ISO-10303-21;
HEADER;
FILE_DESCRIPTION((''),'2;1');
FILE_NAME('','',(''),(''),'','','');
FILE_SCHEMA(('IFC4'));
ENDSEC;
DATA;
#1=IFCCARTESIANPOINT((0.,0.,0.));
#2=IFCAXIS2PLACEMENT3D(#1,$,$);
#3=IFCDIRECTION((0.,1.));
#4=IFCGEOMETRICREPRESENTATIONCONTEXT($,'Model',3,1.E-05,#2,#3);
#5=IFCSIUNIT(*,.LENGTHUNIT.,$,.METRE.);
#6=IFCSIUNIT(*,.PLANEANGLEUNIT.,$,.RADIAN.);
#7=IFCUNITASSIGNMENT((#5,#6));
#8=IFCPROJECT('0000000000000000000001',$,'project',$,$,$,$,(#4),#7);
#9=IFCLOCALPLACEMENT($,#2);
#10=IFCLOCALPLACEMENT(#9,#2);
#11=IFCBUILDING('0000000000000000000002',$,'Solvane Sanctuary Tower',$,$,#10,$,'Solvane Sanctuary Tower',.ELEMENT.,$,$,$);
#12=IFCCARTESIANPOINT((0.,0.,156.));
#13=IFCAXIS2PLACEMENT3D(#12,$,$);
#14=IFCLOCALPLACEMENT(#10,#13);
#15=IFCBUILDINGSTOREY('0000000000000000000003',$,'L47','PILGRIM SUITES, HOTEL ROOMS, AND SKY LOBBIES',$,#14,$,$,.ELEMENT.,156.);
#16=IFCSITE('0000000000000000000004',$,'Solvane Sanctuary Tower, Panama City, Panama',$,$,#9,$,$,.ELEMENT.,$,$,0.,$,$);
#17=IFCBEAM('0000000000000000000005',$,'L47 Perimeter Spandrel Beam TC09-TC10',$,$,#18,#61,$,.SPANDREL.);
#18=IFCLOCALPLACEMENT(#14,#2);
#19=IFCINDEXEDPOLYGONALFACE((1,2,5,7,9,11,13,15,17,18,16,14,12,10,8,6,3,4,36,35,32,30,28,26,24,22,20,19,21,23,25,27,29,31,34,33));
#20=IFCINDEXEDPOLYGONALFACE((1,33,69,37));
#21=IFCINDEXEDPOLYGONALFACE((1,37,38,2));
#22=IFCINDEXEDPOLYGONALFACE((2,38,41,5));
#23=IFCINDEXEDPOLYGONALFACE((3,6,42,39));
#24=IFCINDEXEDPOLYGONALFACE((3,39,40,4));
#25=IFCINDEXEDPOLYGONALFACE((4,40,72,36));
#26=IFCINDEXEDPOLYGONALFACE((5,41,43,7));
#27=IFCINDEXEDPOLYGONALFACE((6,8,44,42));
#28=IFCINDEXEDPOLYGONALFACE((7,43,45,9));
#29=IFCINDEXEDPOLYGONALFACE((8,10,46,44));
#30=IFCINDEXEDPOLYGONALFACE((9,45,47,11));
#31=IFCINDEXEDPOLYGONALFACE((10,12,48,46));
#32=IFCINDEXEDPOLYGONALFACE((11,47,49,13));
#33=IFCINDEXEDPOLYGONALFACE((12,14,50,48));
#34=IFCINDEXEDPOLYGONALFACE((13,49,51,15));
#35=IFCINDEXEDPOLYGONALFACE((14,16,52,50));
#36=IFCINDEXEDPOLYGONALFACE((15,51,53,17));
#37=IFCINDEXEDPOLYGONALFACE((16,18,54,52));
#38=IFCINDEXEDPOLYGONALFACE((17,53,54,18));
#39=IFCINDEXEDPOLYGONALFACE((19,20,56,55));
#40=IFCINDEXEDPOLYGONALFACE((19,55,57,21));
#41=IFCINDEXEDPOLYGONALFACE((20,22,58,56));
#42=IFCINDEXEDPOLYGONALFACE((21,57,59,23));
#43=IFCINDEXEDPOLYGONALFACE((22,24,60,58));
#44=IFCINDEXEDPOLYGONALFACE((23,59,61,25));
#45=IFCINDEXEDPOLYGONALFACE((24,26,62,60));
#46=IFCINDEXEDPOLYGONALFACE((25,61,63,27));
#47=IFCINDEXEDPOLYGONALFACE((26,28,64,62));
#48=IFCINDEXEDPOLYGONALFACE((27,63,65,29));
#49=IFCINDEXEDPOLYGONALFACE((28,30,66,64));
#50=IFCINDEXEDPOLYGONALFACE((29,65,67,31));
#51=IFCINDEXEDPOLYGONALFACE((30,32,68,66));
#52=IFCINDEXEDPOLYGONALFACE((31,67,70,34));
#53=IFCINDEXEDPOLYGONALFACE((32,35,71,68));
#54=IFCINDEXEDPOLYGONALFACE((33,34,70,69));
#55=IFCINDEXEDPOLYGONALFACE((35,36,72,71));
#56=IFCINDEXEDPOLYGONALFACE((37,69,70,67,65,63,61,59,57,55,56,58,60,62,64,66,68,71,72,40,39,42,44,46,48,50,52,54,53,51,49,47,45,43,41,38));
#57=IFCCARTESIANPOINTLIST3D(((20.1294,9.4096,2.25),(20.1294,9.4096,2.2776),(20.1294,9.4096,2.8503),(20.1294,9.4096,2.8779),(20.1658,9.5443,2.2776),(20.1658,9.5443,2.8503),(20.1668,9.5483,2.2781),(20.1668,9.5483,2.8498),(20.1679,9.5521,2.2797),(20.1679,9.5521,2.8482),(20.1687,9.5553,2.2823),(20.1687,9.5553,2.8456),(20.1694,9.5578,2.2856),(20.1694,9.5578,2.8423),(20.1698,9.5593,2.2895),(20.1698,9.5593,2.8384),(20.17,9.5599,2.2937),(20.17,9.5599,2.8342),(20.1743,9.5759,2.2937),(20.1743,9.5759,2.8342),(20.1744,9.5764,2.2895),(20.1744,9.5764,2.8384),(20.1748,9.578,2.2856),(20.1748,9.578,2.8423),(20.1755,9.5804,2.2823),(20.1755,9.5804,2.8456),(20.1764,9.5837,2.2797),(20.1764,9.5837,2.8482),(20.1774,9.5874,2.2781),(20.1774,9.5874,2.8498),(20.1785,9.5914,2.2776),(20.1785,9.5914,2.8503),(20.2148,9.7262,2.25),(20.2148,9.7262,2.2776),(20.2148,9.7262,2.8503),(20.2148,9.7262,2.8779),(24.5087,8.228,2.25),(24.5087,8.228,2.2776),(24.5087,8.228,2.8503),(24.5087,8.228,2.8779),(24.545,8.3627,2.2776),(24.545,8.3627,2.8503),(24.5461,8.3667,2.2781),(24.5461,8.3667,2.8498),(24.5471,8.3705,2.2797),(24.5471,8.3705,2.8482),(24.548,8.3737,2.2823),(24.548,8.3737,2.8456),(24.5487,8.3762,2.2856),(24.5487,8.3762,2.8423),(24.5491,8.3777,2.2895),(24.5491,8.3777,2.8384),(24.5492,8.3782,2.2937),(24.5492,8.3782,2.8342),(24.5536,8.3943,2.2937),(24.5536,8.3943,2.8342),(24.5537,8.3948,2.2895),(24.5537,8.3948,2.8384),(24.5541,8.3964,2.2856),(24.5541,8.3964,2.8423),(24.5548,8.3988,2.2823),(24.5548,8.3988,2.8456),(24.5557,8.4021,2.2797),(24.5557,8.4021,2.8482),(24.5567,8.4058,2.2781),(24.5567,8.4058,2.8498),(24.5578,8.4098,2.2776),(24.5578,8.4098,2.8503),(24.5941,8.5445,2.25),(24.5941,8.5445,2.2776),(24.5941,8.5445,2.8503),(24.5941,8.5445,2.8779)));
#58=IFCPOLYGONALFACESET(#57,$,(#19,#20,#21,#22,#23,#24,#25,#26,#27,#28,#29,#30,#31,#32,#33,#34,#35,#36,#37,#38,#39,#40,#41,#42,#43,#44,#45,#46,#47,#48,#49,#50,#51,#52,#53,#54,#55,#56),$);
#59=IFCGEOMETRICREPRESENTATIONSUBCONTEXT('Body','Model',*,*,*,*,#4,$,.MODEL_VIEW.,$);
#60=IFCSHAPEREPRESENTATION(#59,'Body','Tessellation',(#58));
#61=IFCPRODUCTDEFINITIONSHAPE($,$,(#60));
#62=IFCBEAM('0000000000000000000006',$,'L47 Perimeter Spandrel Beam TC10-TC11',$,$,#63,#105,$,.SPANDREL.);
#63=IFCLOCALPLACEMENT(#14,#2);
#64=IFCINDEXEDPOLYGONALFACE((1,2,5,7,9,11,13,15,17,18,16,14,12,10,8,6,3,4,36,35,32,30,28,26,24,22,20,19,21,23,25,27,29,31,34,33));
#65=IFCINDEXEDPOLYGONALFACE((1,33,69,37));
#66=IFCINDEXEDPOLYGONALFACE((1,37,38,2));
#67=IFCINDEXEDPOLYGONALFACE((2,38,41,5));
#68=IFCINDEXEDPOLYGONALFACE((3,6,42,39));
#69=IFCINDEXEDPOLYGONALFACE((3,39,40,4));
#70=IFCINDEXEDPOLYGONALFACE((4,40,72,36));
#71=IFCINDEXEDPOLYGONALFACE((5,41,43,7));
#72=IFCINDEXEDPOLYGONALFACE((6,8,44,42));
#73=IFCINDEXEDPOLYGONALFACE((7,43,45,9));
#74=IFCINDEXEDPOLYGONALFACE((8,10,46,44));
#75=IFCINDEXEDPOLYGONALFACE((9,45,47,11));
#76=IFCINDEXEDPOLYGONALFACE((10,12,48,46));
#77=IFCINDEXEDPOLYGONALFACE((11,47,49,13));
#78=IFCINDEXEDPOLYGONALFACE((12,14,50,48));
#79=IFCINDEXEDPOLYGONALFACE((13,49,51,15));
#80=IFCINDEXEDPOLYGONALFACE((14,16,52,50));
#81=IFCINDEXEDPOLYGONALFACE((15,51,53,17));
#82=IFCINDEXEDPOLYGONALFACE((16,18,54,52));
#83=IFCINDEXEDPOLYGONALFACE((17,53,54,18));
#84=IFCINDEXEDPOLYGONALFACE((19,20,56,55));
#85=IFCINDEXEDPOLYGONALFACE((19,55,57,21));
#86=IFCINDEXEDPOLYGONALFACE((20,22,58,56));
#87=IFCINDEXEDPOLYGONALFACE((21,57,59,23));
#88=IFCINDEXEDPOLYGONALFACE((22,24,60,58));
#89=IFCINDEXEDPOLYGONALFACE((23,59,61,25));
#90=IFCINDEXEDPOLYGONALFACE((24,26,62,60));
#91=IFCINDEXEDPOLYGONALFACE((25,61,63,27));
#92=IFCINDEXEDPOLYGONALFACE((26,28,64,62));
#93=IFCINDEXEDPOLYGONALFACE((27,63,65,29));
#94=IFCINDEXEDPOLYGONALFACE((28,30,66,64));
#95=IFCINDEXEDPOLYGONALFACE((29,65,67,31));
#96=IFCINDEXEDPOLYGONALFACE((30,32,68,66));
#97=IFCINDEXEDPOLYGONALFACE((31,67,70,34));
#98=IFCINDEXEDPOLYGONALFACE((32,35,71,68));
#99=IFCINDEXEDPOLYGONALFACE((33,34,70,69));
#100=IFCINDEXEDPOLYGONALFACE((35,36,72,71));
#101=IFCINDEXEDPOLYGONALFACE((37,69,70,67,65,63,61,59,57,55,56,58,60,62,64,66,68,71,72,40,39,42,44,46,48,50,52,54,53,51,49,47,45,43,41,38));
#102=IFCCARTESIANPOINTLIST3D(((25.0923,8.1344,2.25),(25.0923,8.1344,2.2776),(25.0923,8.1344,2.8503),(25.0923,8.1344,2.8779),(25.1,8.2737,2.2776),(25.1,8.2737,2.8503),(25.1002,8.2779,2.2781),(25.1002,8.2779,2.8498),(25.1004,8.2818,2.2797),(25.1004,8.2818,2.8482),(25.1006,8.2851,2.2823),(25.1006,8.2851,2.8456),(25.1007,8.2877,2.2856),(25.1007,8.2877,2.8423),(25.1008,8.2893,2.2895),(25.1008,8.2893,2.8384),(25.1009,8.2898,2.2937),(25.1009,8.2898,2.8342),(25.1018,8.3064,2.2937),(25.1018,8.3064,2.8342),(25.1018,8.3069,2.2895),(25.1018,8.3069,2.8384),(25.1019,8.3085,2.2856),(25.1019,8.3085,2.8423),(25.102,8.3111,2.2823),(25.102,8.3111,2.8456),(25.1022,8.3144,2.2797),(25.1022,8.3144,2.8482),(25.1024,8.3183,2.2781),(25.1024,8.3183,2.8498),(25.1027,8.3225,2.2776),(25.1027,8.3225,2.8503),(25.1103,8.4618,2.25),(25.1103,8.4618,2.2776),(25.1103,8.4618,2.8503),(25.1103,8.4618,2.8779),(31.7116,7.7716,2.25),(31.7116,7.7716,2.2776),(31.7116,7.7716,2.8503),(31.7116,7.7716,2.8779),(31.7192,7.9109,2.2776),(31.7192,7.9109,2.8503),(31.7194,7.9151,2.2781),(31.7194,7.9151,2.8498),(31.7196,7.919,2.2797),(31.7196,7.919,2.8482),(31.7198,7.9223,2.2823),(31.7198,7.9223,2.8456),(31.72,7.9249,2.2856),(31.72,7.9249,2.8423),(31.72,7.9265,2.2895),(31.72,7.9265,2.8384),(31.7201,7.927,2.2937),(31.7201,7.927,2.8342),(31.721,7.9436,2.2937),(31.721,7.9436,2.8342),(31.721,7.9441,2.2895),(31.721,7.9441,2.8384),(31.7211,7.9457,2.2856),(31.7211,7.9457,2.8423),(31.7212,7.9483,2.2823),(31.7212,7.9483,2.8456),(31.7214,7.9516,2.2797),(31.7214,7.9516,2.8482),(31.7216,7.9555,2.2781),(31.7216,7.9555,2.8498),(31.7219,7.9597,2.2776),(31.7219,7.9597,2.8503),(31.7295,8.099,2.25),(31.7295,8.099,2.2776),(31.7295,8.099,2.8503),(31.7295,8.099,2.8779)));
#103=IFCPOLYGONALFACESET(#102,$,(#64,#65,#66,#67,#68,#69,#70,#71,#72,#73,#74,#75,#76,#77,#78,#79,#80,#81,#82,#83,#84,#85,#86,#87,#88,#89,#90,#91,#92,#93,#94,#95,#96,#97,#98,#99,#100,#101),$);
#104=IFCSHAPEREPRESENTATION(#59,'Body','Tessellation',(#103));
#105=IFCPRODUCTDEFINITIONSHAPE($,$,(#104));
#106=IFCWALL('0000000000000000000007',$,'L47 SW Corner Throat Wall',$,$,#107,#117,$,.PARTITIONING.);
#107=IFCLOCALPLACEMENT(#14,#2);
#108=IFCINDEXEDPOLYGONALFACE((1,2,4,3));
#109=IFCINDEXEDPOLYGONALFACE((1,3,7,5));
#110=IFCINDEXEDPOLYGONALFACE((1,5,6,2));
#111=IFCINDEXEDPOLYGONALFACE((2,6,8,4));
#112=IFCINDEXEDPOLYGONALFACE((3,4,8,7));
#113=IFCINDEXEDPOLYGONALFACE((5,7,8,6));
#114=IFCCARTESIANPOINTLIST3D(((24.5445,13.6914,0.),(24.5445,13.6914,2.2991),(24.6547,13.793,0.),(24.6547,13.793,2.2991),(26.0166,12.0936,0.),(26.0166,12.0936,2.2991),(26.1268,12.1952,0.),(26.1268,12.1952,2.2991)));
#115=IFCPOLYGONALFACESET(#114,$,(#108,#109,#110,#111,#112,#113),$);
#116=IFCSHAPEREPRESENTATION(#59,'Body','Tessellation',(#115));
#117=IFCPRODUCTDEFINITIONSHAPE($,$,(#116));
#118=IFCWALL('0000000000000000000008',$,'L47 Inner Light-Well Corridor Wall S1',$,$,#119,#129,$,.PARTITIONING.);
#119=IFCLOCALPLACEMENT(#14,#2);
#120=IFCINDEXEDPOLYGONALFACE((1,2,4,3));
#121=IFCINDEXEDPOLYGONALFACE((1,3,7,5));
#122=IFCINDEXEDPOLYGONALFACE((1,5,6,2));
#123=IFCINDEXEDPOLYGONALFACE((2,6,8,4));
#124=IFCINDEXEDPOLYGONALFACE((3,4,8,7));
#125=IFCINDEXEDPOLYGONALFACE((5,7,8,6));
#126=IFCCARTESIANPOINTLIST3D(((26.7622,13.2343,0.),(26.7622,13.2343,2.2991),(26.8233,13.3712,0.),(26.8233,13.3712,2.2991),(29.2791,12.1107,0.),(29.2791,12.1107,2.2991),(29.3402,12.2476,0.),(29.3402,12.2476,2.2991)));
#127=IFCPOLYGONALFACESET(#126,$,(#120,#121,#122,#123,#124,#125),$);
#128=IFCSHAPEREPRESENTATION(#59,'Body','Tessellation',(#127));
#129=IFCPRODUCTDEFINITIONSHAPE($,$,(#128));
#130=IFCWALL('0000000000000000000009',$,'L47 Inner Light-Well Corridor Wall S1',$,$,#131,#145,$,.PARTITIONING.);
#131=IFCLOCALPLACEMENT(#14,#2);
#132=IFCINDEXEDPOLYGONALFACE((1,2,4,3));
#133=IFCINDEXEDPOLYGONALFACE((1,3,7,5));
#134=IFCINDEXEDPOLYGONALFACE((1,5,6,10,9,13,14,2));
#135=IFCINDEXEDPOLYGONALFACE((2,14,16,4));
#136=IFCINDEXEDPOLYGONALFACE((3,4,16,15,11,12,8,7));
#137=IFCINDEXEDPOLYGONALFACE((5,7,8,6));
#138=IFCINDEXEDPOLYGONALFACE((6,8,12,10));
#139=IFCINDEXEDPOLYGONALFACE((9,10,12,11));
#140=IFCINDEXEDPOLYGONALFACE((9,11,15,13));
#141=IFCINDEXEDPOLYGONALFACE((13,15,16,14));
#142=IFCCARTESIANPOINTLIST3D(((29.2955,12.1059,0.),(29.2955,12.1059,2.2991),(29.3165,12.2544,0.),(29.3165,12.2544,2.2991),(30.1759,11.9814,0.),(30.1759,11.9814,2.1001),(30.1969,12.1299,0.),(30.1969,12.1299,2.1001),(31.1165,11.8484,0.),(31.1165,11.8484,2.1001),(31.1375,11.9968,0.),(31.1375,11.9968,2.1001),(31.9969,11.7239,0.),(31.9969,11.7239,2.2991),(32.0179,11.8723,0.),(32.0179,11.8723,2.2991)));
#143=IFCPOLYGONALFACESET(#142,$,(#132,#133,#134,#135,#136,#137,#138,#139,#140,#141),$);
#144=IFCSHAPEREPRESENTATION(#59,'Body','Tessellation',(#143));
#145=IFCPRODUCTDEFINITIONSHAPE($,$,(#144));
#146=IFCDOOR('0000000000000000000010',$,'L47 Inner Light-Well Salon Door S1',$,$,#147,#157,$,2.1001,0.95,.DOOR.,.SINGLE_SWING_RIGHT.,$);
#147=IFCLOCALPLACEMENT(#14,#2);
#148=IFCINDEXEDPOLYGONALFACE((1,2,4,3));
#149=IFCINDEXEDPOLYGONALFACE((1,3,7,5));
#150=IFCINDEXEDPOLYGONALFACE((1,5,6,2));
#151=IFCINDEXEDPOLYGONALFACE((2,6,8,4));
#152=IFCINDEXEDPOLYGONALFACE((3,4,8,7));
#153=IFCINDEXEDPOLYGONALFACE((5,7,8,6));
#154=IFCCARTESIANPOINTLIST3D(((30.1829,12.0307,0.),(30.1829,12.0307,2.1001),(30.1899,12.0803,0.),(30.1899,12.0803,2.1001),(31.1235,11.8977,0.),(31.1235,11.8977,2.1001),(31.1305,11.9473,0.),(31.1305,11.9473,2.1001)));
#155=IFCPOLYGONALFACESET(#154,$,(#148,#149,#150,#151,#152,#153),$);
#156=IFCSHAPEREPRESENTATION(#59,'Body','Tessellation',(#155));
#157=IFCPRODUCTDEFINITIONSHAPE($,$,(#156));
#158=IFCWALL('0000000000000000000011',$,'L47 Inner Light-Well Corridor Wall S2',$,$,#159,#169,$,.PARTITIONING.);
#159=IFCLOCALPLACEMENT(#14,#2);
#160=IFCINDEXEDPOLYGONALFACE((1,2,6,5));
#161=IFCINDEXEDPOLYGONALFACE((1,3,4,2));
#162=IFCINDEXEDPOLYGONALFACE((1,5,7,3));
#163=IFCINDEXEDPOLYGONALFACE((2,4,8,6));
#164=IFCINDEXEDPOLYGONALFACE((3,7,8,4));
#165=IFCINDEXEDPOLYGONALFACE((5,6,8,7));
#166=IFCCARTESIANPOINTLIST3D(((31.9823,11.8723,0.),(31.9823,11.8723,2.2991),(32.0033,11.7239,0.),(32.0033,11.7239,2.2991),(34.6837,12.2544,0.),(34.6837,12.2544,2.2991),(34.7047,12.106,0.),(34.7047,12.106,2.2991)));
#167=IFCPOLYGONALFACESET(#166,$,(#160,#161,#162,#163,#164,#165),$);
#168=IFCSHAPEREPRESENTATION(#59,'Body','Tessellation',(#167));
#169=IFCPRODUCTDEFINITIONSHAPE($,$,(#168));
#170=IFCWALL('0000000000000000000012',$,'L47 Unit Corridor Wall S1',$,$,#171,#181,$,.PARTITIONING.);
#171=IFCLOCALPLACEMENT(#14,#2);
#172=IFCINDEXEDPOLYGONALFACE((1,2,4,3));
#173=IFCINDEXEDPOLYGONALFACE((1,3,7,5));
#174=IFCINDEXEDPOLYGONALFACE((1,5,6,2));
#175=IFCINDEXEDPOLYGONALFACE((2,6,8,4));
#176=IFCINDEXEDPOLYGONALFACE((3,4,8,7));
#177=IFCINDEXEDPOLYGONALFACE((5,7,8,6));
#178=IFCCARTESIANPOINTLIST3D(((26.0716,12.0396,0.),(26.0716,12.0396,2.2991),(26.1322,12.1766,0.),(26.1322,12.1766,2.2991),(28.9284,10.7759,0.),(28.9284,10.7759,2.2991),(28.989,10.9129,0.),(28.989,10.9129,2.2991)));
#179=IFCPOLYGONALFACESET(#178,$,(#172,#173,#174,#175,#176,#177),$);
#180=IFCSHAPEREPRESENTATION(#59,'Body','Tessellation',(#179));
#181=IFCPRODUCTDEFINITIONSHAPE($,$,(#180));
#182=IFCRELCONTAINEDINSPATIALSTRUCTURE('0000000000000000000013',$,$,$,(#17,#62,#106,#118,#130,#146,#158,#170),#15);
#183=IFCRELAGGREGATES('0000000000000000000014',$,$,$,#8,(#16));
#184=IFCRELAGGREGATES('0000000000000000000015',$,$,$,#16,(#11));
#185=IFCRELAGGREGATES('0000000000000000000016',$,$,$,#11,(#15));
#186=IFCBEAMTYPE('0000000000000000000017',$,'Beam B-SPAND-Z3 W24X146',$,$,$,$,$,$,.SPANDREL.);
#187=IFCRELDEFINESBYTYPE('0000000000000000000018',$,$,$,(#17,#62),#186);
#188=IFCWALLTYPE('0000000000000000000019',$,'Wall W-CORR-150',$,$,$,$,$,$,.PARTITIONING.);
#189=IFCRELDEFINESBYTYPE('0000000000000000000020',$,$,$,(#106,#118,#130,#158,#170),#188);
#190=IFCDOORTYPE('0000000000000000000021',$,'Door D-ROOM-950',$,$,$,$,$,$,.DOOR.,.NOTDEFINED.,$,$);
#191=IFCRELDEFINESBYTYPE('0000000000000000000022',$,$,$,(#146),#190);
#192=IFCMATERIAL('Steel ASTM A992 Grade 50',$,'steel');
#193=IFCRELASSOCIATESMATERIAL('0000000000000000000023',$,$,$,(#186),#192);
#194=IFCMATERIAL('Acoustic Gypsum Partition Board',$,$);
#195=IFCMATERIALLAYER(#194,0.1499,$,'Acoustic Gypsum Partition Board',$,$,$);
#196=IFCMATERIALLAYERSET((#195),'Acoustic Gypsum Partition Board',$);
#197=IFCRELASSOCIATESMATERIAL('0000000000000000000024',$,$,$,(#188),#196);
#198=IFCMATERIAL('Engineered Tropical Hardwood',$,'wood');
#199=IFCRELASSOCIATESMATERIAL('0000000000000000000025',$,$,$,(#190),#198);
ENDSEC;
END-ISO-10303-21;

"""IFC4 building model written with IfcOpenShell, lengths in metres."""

from ifc_helpers import new_model, si_unit, direction, frame, frame_2d, origin, origin_2d, place, context, subcontext, project, spatial, rectangle, i_section, extrude, material, layer, layer_set, material_profile, profile_set, type_object, element, fill, save


model = new_model("IFC4")

# Units and contexts
model_context = context("Model", 3, precision=1e-05, world=origin(), true_north=direction((0.0, 1.0)))
body_context = subcontext(model_context, "Body", "Model", "MODEL_VIEW")
ifc_project = project(units=[si_unit("LENGTHUNIT", "METRE"), si_unit("PLANEANGLEUNIT", "RADIAN")], contexts=[model_context])

# Site, building, storey
site_placement = place(None, origin())
site = spatial("IfcSite", under=ifc_project, at=site_placement, Name="Solvane Sanctuary Tower, Panama City, Panama", CompositionType="ELEMENT", RefElevation=0.0)
building_placement = place(site_placement, origin())
building = spatial("IfcBuilding", under=site, at=building_placement, Name="Solvane Sanctuary Tower", LongName="Solvane Sanctuary Tower", CompositionType="ELEMENT")
storey_placement = place(building_placement, frame((0.0, 0.0, 156.0)))
storey = spatial("IfcBuildingStorey", under=building, at=storey_placement, Name="L47", Description="PILGRIM SUITES, HOTEL ROOMS, AND SKY LOBBIES", CompositionType="ELEMENT", Elevation=156.0)

# Beams
ifc_material_1 = material(Name="Steel ASTM A992 Grade 50", Category="steel")
ifc_material_profile_1 = material_profile(ifc_material_1, i_section(OverallWidth=0.3279, OverallDepth=0.6279, WebThickness=0.0166, FlangeThickness=0.0276, FilletRadius=0.0161, at=origin_2d()), Name="W24X146")
ifc_profile_set_1 = profile_set([ifc_material_profile_1], Name="Steel ASTM A992 Grade 50")
beam_type_1 = type_object("IfcBeamType", Name="Beam B-SPAND-Z3 W24X146", PredefinedType="SPANDREL", material=ifc_profile_set_1)
beam_1_placement = place(storey_placement, frame((20.1721, 9.5679, 2.564), z_axis=(0.965473, -0.260502, 0.0), x_axis=(0.260502, 0.965473, 0.0)))
element("IfcBeam", 1, at=beam_1_placement, inside=storey, type_object=beam_type_1, Name="L47 Perimeter Spandrel Beam TC09-TC10", PredefinedType="SPANDREL", context=body_context, shape_type="SweptSolid", body=[
    extrude(i_section(OverallWidth=0.3279, OverallDepth=0.6279, WebThickness=0.0166, FlangeThickness=0.0276, FilletRadius=0.0161, at=origin_2d()), origin(), (0.0, 0.0, 1.0), 4.5359),
])
beam_2_placement = place(storey_placement, frame((25.1013, 8.2981, 2.564), z_axis=(0.998501, -0.054728, 0.0), x_axis=(0.054728, 0.998501, 0.0)))
element("IfcBeam", 2, at=beam_2_placement, inside=storey, type_object=beam_type_1, Name="L47 Perimeter Spandrel Beam TC10-TC11", PredefinedType="SPANDREL", context=body_context, shape_type="SweptSolid", body=[
    extrude(i_section(OverallWidth=0.3279, OverallDepth=0.6279, WebThickness=0.0166, FlangeThickness=0.0276, FilletRadius=0.0161, at=origin_2d()), origin(), (0.0, 0.0, 1.0), 6.6292),
])

# Walls
ifc_material_2 = material(Name="Acoustic Gypsum Partition Board")
ifc_layer_1 = layer(ifc_material_2, 0.1499, Name="Acoustic Gypsum Partition Board")
ifc_layer_set_1 = layer_set([ifc_layer_1], Name="Acoustic Gypsum Partition Board")
wall_type_1 = type_object("IfcWallType", Name="Wall W-CORR-150", PredefinedType="PARTITIONING", material=ifc_layer_set_1)
wall_1_placement = place(storey_placement, frame((26.0718, 12.1443, 0.0), z_axis=(0.0, 0.0, 1.0), x_axis=(-0.67758, 0.735449, 0.0)))
element("IfcWall", 3, at=wall_1_placement, inside=storey, type_object=wall_type_1, Name="L47 SW Corner Throat Wall", PredefinedType="PARTITIONING", context=body_context, shape_type="SweptSolid", body=[
    extrude(rectangle(XDim=2.1726, YDim=0.1499, at=frame_2d((1.0864, 0.0))), origin(), (0.0, 0.0, 1.0), 2.2991),
])
wall_2_placement = place(storey_placement, frame((26.7927, 13.3027, 0.0), z_axis=(0.0, 0.0, 1.0), x_axis=(0.913146, -0.407634, 0.0)))
element("IfcWall", 4, at=wall_2_placement, inside=storey, type_object=wall_type_1, Name="L47 Inner Light-Well Corridor Wall S1", PredefinedType="PARTITIONING", context=body_context, shape_type="SweptSolid", body=[
    extrude(rectangle(XDim=2.7563, YDim=0.1499, at=frame_2d((1.3782, 0.0))), origin(), (0.0, 0.0, 1.0), 2.2991),
])

# Wall, opening, door
wall_3_placement = place(storey_placement, frame((29.3059, 12.1802, 0.0), z_axis=(0.0, 0.0, 1.0), x_axis=(0.990145, -0.140043, 0.0)))
wall_3 = element("IfcWall", 5, at=wall_3_placement, inside=storey, type_object=wall_type_1, Name="L47 Inner Light-Well Corridor Wall S1", PredefinedType="PARTITIONING", context=body_context, shape_type="SweptSolid", body=[
    extrude(rectangle(XDim=2.7283, YDim=0.1499, at=frame_2d((1.3643, 0.0))), origin(), (0.0, 0.0, 1.0), 2.2991),
])
opening_1_placement = place(wall_3_placement, frame((0.8892, 0.0, 0.0)))
opening_1 = element("IfcOpeningElement", 6, at=opening_1_placement, cuts=wall_3, PredefinedType="OPENING", context=body_context, shape_type="SweptSolid", body=[
    extrude(rectangle(XDim=0.95, YDim=2.1001, at=frame_2d((0.4751, 1.05))), frame((0.0, 0.085, 0.0), z_axis=(0.0, -1.0, 0.0), x_axis=(1.0, 0.0, 0.0)), (0.0, 0.0, 1.0), 0.1699),
])
ifc_material_3 = material(Name="Engineered Tropical Hardwood", Category="wood")
door_type_1 = type_object("IfcDoorType", Name="Door D-ROOM-950", OperationType="NOTDEFINED", PredefinedType="DOOR", material=ifc_material_3)
door_1_placement = place(opening_1_placement, origin())
door_1 = element("IfcDoor", 7, at=door_1_placement, inside=storey, type_object=door_type_1, Name="L47 Inner Light-Well Salon Door S1", OperationType="SINGLE_SWING_RIGHT", OverallHeight=2.1001, OverallWidth=0.95, PredefinedType="DOOR", context=body_context, shape_type="SweptSolid", body=[
    extrude(rectangle(XDim=0.95, YDim=2.1001, at=frame_2d((0.4751, 1.05))), frame((0.0, 0.0249, 0.0), z_axis=(0.0, -1.0, 0.0), x_axis=(1.0, 0.0, 0.0)), (0.0, 0.0, 1.0), 0.05),
])
fill(opening_1, door_1)

# Walls
wall_4_placement = place(storey_placement, frame((31.9927, 11.7981, 0.0), z_axis=(0.0, 0.0, 1.0), x_axis=(0.990145, 0.140043, 0.0)))
element("IfcWall", 8, at=wall_4_placement, inside=storey, type_object=wall_type_1, Name="L47 Inner Light-Well Corridor Wall S2", PredefinedType="PARTITIONING", context=body_context, shape_type="SweptSolid", body=[
    extrude(rectangle(XDim=2.7283, YDim=0.1499, at=frame_2d((1.3643, 0.0))), origin(), (0.0, 0.0, 1.0), 2.2991),
])
wall_5_placement = place(storey_placement, frame((26.1018, 12.1082, 0.0), z_axis=(0.0, 0.0, 1.0), x_axis=(0.914519, -0.404542, 0.0)))
element("IfcWall", 9, at=wall_5_placement, inside=storey, type_object=wall_type_1, Name="L47 Unit Corridor Wall S1", PredefinedType="PARTITIONING", context=body_context, shape_type="SweptSolid", body=[
    extrude(rectangle(XDim=3.1238, YDim=0.1499, at=frame_2d((1.562, 0.0))), origin(), (0.0, 0.0, 1.0), 2.2991),
])

save(model, "model.ifc")
